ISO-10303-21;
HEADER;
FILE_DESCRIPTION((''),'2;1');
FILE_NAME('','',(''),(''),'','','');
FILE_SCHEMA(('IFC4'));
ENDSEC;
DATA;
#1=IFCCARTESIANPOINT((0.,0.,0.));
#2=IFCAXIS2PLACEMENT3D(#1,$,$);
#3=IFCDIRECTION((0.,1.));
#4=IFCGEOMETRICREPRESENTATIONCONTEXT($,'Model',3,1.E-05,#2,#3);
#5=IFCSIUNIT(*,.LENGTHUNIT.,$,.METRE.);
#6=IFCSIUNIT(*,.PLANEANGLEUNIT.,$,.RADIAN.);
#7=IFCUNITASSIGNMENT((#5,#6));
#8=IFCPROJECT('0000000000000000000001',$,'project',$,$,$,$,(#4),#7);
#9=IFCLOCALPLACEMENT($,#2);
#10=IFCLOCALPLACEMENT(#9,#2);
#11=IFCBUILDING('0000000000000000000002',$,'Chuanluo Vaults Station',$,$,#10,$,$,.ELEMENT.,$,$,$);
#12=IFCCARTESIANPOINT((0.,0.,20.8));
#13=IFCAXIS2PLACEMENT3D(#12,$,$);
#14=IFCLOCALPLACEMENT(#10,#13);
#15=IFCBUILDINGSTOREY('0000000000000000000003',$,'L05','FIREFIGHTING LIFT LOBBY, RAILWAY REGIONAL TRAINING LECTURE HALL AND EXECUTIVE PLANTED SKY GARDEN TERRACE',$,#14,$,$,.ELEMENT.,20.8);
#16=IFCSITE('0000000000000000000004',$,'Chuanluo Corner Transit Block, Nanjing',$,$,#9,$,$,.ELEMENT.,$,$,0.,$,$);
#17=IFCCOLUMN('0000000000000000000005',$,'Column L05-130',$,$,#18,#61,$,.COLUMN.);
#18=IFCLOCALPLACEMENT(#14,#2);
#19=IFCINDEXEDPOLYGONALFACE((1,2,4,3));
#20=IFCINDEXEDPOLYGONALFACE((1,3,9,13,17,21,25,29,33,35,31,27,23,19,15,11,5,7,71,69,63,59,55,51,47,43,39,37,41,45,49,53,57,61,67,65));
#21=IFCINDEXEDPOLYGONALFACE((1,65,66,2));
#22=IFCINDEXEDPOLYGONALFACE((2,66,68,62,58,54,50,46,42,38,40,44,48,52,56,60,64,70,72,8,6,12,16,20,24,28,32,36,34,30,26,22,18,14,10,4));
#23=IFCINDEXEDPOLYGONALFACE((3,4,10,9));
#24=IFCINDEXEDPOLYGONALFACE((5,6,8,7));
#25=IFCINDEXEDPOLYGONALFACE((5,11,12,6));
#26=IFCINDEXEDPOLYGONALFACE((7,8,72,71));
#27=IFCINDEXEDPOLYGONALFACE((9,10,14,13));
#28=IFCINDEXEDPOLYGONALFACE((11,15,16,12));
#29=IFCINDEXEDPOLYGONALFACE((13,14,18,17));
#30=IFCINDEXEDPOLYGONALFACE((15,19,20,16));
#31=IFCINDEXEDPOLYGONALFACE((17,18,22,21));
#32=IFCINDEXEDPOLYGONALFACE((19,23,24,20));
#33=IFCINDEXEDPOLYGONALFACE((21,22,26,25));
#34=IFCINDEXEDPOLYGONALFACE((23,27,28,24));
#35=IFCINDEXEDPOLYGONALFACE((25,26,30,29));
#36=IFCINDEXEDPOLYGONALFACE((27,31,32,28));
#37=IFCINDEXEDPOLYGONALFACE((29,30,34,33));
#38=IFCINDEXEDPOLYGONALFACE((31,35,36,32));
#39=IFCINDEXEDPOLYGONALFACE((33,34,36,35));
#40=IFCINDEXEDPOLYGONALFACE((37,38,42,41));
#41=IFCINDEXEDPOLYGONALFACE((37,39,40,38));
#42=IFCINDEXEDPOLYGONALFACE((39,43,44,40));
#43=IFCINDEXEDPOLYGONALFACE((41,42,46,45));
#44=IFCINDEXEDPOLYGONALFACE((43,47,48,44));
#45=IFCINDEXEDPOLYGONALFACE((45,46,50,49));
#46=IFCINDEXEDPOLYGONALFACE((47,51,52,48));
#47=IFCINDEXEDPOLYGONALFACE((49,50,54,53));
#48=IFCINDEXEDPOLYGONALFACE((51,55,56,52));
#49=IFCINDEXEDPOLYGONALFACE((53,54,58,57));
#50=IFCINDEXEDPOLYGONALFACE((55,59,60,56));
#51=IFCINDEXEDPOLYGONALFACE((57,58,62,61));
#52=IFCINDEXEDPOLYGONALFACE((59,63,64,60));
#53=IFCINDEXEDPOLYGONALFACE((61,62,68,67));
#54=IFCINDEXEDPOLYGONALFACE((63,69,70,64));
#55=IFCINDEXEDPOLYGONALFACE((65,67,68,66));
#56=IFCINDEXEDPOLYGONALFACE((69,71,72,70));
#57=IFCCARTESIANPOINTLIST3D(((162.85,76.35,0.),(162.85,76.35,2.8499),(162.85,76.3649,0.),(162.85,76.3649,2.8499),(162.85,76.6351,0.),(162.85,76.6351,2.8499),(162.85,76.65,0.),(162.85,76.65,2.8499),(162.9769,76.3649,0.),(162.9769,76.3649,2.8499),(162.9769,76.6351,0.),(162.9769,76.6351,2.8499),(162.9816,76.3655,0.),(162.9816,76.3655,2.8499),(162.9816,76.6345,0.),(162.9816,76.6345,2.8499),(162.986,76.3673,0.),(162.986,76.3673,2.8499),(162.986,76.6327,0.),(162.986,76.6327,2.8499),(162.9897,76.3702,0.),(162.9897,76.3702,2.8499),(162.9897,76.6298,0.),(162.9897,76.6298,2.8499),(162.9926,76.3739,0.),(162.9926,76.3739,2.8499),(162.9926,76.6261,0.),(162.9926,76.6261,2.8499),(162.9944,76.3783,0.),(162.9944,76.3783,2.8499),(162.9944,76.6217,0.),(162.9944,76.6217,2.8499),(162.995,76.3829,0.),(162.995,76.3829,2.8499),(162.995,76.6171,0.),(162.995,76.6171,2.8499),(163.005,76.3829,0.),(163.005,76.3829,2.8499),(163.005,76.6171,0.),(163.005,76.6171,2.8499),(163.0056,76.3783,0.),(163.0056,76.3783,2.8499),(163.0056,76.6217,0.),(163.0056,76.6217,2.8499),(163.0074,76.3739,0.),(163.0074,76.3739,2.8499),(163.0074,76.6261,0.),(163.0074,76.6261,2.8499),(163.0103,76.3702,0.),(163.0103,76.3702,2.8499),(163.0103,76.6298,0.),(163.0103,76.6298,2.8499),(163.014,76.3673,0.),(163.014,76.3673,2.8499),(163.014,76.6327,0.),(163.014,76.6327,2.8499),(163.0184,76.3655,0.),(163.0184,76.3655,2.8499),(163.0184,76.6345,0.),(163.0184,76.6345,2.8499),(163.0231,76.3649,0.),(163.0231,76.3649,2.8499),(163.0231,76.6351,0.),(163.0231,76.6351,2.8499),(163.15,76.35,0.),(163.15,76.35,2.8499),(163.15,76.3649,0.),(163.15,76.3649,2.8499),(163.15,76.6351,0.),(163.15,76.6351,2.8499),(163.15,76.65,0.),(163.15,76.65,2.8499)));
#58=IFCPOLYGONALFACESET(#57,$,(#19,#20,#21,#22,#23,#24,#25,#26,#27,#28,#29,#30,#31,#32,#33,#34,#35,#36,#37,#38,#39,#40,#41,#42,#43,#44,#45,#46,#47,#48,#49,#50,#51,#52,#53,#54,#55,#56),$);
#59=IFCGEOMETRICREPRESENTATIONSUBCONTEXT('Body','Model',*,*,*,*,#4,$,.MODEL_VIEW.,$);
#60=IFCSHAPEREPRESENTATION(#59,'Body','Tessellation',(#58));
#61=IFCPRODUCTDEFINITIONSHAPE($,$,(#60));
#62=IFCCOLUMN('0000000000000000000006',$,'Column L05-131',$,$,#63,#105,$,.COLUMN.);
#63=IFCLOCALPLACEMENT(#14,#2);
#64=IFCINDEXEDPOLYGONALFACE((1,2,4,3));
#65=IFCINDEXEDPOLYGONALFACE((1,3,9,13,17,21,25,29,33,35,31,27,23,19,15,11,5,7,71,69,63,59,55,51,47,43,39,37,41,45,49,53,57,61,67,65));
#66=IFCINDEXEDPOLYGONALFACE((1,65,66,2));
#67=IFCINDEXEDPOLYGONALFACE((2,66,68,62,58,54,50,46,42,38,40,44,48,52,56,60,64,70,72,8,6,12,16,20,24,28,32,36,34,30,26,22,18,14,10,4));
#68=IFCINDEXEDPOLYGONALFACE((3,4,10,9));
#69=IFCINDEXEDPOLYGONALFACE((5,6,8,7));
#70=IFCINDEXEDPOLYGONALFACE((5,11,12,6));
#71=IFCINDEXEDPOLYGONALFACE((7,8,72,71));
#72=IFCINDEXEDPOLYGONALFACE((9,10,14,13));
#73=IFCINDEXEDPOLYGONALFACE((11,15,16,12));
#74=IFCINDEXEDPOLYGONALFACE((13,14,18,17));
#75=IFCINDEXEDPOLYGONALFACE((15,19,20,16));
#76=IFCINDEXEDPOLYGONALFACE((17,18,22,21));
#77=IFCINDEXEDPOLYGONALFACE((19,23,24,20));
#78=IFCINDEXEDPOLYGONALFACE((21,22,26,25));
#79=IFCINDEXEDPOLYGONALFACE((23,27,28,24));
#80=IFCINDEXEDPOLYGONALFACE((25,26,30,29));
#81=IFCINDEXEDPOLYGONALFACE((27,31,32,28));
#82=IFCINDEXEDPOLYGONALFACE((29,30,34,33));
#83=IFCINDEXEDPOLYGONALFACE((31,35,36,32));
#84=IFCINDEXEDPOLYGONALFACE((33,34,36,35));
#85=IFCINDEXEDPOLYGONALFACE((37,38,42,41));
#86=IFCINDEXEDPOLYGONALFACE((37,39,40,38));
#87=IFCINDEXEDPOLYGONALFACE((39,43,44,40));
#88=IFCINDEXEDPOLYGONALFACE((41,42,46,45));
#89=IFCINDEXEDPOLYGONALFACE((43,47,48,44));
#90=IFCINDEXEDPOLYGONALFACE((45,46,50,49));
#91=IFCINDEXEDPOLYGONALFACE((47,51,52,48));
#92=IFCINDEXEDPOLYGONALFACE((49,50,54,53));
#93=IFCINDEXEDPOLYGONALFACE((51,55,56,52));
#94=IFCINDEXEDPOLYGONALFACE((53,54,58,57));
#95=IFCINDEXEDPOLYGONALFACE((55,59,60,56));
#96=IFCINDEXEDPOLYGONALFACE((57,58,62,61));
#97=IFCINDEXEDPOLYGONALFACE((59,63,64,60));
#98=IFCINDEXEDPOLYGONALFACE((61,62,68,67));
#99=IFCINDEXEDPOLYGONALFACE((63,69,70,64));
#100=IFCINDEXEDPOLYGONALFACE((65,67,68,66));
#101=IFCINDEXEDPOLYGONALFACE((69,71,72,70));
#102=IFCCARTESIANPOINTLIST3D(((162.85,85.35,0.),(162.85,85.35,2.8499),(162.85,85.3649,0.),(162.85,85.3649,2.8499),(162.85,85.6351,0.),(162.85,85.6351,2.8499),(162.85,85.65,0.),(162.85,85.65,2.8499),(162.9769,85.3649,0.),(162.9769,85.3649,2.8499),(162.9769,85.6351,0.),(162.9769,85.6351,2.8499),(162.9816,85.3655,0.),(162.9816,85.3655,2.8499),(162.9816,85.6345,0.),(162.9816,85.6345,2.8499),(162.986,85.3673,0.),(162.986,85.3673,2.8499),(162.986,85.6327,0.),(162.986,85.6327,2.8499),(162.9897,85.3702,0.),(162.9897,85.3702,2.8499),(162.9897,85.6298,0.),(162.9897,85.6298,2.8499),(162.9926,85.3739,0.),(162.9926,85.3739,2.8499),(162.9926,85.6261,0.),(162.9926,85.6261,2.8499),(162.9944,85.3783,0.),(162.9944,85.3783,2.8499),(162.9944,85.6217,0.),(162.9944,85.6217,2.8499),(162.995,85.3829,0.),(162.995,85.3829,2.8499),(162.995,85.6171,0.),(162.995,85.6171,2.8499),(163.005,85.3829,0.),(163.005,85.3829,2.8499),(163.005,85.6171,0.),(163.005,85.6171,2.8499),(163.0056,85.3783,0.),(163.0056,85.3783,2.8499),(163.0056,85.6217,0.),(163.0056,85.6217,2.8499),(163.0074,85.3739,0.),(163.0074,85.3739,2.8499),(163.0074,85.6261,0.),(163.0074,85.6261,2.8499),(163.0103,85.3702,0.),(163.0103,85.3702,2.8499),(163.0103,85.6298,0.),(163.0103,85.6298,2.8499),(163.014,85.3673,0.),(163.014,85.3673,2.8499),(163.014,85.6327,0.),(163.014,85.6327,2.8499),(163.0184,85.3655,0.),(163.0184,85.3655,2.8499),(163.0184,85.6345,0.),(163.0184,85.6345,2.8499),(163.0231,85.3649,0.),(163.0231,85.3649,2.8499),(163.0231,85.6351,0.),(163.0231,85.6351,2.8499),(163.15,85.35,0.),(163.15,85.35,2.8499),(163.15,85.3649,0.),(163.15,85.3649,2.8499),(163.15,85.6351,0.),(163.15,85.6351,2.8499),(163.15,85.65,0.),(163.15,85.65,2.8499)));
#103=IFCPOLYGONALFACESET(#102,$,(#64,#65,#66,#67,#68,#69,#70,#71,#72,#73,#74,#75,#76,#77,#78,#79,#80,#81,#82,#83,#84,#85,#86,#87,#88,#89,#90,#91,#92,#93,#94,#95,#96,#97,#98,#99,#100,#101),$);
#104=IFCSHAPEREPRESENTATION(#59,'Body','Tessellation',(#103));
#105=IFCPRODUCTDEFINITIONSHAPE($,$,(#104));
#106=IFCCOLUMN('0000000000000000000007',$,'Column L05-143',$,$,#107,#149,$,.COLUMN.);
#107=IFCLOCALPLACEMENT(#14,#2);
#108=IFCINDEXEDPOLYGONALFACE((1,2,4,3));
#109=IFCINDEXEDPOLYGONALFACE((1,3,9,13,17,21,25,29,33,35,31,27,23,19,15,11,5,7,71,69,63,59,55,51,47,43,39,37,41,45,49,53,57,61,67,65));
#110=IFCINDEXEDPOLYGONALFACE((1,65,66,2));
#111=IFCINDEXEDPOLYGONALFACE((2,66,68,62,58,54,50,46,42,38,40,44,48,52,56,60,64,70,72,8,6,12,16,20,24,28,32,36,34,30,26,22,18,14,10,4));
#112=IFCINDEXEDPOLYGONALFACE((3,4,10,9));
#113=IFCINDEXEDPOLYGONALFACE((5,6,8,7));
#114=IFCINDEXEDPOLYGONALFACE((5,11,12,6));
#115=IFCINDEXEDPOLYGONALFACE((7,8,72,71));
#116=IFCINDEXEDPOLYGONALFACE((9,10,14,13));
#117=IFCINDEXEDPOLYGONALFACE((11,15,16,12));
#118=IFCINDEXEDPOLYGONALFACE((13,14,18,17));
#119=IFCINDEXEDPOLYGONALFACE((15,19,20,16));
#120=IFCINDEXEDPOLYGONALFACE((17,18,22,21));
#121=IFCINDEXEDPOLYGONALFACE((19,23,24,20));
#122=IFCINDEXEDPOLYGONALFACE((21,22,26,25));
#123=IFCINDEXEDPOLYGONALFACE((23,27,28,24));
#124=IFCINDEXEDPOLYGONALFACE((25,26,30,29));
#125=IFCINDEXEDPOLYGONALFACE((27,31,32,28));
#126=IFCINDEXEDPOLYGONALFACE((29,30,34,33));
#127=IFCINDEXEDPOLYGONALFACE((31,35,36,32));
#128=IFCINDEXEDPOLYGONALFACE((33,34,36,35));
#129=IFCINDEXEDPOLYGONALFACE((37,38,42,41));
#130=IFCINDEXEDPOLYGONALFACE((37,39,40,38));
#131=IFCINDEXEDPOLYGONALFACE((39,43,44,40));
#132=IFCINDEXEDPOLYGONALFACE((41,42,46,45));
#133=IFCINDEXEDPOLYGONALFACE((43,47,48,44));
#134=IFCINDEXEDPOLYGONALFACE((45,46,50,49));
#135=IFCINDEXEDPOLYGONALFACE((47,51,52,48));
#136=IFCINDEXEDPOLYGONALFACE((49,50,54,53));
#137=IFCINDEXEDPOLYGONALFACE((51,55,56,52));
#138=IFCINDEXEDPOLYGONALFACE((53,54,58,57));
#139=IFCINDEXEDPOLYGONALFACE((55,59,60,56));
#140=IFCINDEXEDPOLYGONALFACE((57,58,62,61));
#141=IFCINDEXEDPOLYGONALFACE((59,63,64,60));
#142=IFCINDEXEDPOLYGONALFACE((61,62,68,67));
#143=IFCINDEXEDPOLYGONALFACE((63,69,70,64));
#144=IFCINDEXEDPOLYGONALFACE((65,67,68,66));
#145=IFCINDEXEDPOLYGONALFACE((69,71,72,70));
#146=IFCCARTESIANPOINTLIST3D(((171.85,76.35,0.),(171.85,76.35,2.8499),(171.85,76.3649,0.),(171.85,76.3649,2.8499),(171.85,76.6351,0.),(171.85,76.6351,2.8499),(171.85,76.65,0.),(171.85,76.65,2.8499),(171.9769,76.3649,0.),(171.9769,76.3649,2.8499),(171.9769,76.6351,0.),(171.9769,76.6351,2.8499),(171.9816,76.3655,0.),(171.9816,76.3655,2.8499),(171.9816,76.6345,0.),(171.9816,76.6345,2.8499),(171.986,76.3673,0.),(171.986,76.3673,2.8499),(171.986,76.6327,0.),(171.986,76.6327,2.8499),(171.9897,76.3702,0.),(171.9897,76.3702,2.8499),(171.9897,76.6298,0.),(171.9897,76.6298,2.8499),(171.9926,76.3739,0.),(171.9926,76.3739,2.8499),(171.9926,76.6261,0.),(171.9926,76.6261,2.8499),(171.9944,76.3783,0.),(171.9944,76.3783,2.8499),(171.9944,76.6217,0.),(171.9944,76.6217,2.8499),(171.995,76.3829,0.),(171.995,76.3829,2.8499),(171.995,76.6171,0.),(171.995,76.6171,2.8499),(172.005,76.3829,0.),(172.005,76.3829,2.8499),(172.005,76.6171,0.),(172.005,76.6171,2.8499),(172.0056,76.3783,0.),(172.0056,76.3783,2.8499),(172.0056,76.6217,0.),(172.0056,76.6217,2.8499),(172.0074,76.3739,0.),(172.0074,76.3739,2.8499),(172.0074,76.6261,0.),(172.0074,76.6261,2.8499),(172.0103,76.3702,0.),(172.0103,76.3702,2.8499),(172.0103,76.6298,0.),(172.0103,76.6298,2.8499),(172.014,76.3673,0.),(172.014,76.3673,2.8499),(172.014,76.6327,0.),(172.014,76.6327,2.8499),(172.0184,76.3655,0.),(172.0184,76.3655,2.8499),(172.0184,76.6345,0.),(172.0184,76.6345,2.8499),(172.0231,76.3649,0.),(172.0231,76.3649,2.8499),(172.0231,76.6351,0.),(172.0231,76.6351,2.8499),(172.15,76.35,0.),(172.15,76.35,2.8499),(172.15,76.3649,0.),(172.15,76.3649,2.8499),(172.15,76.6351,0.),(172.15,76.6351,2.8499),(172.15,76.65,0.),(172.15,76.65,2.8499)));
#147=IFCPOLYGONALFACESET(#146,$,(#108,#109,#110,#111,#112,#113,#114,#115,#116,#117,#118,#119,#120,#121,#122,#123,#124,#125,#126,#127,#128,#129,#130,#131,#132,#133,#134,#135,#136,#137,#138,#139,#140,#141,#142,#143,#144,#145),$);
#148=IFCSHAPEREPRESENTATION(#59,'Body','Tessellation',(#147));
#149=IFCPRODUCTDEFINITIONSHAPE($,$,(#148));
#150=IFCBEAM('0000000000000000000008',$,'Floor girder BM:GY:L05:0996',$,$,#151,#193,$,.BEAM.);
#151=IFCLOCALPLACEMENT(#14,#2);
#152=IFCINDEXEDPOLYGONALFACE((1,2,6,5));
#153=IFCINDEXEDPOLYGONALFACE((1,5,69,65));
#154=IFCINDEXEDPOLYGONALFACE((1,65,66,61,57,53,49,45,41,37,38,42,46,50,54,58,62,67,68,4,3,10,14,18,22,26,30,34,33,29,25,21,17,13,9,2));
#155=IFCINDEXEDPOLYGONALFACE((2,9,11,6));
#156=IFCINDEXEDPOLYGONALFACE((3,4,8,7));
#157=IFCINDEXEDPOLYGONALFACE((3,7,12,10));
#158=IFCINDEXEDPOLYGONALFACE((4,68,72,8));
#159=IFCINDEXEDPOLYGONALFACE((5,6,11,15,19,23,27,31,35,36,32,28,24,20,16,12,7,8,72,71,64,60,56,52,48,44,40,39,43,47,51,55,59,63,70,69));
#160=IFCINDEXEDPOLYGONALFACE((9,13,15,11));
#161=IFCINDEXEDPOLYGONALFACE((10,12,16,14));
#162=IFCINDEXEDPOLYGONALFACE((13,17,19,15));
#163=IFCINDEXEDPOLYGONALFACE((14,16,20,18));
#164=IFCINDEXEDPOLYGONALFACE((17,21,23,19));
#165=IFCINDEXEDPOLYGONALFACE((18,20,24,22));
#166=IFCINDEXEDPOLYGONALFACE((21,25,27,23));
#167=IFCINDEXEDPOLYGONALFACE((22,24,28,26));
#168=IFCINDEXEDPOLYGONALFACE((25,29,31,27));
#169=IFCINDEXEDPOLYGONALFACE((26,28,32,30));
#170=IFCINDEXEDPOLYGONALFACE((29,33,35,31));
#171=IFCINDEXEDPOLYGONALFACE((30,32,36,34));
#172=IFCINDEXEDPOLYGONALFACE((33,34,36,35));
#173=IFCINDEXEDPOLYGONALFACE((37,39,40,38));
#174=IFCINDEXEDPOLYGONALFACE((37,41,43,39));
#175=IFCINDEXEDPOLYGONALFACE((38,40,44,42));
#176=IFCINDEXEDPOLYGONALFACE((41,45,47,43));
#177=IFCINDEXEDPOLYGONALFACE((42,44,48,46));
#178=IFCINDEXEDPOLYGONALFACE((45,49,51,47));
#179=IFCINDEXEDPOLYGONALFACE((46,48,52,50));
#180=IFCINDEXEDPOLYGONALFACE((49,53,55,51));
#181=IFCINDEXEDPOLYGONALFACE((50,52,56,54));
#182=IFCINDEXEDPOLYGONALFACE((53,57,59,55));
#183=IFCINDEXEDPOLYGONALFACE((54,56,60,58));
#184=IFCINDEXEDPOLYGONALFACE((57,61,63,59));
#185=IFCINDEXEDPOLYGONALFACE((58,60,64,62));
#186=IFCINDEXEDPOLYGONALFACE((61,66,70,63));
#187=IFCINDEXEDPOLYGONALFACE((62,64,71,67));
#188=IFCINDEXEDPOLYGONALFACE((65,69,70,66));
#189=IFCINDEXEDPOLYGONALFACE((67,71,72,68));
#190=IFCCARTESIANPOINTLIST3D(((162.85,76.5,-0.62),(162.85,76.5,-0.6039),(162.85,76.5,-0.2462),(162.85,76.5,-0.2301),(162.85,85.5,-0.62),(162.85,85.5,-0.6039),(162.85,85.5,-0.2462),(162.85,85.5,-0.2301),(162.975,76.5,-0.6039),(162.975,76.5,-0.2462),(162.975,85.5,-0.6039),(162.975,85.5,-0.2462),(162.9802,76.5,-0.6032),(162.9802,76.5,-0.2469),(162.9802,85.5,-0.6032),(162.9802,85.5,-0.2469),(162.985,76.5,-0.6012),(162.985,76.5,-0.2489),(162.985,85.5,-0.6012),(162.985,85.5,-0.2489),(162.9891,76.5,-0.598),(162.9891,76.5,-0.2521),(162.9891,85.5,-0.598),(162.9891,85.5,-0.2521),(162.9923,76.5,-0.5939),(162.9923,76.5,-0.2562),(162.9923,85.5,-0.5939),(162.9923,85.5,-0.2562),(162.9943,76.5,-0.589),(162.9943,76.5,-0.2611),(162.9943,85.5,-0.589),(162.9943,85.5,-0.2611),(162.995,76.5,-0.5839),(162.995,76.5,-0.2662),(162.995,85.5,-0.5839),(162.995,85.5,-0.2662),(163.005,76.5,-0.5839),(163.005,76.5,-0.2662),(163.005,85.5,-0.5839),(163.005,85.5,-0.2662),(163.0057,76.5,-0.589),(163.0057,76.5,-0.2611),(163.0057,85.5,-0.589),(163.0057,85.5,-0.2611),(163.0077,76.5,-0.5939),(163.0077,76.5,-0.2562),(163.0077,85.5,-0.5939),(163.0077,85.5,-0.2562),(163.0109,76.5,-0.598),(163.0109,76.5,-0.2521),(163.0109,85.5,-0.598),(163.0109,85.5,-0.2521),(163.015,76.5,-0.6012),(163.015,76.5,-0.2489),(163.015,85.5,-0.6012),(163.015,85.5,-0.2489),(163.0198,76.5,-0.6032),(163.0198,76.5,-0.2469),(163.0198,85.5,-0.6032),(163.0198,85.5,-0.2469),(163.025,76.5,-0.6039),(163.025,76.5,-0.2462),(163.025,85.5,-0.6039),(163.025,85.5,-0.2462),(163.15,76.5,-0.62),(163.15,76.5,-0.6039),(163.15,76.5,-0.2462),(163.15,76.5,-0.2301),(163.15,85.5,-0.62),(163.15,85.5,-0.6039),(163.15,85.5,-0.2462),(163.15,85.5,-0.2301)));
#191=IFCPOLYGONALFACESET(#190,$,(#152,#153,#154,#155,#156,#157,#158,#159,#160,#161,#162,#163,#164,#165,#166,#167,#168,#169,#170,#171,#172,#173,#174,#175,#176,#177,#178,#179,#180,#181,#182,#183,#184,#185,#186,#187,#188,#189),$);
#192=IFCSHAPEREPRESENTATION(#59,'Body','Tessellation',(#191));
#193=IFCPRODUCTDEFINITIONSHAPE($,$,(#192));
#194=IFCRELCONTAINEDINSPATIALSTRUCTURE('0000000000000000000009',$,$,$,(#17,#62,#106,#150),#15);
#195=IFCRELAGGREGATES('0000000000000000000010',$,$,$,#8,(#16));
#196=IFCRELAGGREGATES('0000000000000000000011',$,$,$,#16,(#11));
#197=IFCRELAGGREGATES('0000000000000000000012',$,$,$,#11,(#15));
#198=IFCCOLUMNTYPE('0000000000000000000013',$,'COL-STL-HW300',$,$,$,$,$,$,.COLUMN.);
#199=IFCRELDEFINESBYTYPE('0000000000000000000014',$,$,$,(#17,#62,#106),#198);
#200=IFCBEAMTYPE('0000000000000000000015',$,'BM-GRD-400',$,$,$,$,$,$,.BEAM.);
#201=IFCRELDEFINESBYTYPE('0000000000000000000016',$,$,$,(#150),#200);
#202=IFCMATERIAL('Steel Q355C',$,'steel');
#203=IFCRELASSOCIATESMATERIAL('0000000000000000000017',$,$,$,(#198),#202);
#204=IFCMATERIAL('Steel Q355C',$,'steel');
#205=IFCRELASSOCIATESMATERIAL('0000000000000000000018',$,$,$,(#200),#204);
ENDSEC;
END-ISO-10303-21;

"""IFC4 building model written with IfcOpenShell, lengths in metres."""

from ifc_helpers import new_model, si_unit, direction, frame, origin, origin_2d, place, context, subcontext, project, spatial, i_section, extrude, material, material_profile, profile_set, type_object, element, save


model = new_model("IFC4")

# Units and contexts
model_context = context("Model", 3, precision=1e-05, world=origin(), true_north=direction((0.0, 1.0)))
body_context = subcontext(model_context, "Body", "Model", "MODEL_VIEW")
ifc_project = project(units=[si_unit("LENGTHUNIT", "METRE"), si_unit("PLANEANGLEUNIT", "RADIAN")], contexts=[model_context])

# Site, building, storey
site_placement = place(None, origin())
site = spatial("IfcSite", under=ifc_project, at=site_placement, Name="Chuanluo Corner Transit Block, Nanjing", CompositionType="ELEMENT", RefElevation=0.0)
building_placement = place(site_placement, origin())
building = spatial("IfcBuilding", under=site, at=building_placement, Name="Chuanluo Vaults Station", CompositionType="ELEMENT")
storey_placement = place(building_placement, frame((0.0, 0.0, 20.8)))
storey = spatial("IfcBuildingStorey", under=building, at=storey_placement, Name="L05", Description="FIREFIGHTING LIFT LOBBY, RAILWAY REGIONAL TRAINING LECTURE HALL AND EXECUTIVE PLANTED SKY GARDEN TERRACE", CompositionType="ELEMENT", Elevation=20.8)

# Columns
ifc_material_1 = material(Name="Steel Q355C", Category="steel")
ifc_material_profile_1 = material_profile(ifc_material_1, i_section(OverallWidth=0.3, OverallDepth=0.3, WebThickness=0.01, FlangeThickness=0.0149, FilletRadius=0.0181, at=origin_2d()))
ifc_profile_set_1 = profile_set([ifc_material_profile_1], Name="Steel Q355C")
column_type = type_object("IfcColumnType", Name="COL-STL-HW300", PredefinedType="COLUMN", material=ifc_profile_set_1)
for number, where, z_axis, x_axis, name in (
    (1, (163.0, 76.5, 0.0), (0.0, 0.0, 1.0), (1.0, 0.0, 0.0), "Column L05-130"),
    (2, (163.0, 85.5, 0.0), (0.0, 0.0, 1.0), (1.0, 0.0, 0.0), "Column L05-131"),
    (3, (172.0, 76.5, 0.0), (0.0, 0.0, 1.0), (1.0, 0.0, 0.0), "Column L05-143"),
):
    element("IfcColumn", number, at=place(storey_placement, frame(where, z_axis=z_axis, x_axis=x_axis)), inside=storey, type_object=column_type, Name=name, PredefinedType="COLUMN", context=body_context, shape_type="SweptSolid", body=[
        extrude(i_section(OverallWidth=0.3, OverallDepth=0.3, WebThickness=0.01, FlangeThickness=0.0149, FilletRadius=0.0181, at=origin_2d()), origin(), (0.0, 0.0, 1.0), 2.8499),
    ])

# Beam
ifc_material_2 = material(Name="Steel Q355C", Category="steel")
ifc_material_profile_2 = material_profile(ifc_material_2, i_section(OverallWidth=0.3, OverallDepth=0.3899, WebThickness=0.01, FlangeThickness=0.0161, FilletRadius=0.02, at=origin_2d()))
ifc_profile_set_2 = profile_set([ifc_material_profile_2], Name="Steel Q355C")
beam_type_1 = type_object("IfcBeamType", Name="BM-GRD-400", PredefinedType="BEAM", material=ifc_profile_set_2)
for number, where, z_axis, x_axis, name in (
    (4, (163.0, 76.5, -0.425), (0.0, 1.0, 0.0), (-1.0, 0.0, 0.0), "Floor girder BM:GY:L05:0996"),
):
    element("IfcBeam", number, at=place(storey_placement, frame(where, z_axis=z_axis, x_axis=x_axis)), inside=storey, type_object=beam_type_1, Name=name, PredefinedType="BEAM", context=body_context, shape_type="SweptSolid", body=[
        extrude(i_section(OverallWidth=0.3, OverallDepth=0.3899, WebThickness=0.01, FlangeThickness=0.0161, FilletRadius=0.02, at=origin_2d()), origin(), (0.0, 0.0, 1.0), 9.0),
    ])

save(model, "model.ifc")
